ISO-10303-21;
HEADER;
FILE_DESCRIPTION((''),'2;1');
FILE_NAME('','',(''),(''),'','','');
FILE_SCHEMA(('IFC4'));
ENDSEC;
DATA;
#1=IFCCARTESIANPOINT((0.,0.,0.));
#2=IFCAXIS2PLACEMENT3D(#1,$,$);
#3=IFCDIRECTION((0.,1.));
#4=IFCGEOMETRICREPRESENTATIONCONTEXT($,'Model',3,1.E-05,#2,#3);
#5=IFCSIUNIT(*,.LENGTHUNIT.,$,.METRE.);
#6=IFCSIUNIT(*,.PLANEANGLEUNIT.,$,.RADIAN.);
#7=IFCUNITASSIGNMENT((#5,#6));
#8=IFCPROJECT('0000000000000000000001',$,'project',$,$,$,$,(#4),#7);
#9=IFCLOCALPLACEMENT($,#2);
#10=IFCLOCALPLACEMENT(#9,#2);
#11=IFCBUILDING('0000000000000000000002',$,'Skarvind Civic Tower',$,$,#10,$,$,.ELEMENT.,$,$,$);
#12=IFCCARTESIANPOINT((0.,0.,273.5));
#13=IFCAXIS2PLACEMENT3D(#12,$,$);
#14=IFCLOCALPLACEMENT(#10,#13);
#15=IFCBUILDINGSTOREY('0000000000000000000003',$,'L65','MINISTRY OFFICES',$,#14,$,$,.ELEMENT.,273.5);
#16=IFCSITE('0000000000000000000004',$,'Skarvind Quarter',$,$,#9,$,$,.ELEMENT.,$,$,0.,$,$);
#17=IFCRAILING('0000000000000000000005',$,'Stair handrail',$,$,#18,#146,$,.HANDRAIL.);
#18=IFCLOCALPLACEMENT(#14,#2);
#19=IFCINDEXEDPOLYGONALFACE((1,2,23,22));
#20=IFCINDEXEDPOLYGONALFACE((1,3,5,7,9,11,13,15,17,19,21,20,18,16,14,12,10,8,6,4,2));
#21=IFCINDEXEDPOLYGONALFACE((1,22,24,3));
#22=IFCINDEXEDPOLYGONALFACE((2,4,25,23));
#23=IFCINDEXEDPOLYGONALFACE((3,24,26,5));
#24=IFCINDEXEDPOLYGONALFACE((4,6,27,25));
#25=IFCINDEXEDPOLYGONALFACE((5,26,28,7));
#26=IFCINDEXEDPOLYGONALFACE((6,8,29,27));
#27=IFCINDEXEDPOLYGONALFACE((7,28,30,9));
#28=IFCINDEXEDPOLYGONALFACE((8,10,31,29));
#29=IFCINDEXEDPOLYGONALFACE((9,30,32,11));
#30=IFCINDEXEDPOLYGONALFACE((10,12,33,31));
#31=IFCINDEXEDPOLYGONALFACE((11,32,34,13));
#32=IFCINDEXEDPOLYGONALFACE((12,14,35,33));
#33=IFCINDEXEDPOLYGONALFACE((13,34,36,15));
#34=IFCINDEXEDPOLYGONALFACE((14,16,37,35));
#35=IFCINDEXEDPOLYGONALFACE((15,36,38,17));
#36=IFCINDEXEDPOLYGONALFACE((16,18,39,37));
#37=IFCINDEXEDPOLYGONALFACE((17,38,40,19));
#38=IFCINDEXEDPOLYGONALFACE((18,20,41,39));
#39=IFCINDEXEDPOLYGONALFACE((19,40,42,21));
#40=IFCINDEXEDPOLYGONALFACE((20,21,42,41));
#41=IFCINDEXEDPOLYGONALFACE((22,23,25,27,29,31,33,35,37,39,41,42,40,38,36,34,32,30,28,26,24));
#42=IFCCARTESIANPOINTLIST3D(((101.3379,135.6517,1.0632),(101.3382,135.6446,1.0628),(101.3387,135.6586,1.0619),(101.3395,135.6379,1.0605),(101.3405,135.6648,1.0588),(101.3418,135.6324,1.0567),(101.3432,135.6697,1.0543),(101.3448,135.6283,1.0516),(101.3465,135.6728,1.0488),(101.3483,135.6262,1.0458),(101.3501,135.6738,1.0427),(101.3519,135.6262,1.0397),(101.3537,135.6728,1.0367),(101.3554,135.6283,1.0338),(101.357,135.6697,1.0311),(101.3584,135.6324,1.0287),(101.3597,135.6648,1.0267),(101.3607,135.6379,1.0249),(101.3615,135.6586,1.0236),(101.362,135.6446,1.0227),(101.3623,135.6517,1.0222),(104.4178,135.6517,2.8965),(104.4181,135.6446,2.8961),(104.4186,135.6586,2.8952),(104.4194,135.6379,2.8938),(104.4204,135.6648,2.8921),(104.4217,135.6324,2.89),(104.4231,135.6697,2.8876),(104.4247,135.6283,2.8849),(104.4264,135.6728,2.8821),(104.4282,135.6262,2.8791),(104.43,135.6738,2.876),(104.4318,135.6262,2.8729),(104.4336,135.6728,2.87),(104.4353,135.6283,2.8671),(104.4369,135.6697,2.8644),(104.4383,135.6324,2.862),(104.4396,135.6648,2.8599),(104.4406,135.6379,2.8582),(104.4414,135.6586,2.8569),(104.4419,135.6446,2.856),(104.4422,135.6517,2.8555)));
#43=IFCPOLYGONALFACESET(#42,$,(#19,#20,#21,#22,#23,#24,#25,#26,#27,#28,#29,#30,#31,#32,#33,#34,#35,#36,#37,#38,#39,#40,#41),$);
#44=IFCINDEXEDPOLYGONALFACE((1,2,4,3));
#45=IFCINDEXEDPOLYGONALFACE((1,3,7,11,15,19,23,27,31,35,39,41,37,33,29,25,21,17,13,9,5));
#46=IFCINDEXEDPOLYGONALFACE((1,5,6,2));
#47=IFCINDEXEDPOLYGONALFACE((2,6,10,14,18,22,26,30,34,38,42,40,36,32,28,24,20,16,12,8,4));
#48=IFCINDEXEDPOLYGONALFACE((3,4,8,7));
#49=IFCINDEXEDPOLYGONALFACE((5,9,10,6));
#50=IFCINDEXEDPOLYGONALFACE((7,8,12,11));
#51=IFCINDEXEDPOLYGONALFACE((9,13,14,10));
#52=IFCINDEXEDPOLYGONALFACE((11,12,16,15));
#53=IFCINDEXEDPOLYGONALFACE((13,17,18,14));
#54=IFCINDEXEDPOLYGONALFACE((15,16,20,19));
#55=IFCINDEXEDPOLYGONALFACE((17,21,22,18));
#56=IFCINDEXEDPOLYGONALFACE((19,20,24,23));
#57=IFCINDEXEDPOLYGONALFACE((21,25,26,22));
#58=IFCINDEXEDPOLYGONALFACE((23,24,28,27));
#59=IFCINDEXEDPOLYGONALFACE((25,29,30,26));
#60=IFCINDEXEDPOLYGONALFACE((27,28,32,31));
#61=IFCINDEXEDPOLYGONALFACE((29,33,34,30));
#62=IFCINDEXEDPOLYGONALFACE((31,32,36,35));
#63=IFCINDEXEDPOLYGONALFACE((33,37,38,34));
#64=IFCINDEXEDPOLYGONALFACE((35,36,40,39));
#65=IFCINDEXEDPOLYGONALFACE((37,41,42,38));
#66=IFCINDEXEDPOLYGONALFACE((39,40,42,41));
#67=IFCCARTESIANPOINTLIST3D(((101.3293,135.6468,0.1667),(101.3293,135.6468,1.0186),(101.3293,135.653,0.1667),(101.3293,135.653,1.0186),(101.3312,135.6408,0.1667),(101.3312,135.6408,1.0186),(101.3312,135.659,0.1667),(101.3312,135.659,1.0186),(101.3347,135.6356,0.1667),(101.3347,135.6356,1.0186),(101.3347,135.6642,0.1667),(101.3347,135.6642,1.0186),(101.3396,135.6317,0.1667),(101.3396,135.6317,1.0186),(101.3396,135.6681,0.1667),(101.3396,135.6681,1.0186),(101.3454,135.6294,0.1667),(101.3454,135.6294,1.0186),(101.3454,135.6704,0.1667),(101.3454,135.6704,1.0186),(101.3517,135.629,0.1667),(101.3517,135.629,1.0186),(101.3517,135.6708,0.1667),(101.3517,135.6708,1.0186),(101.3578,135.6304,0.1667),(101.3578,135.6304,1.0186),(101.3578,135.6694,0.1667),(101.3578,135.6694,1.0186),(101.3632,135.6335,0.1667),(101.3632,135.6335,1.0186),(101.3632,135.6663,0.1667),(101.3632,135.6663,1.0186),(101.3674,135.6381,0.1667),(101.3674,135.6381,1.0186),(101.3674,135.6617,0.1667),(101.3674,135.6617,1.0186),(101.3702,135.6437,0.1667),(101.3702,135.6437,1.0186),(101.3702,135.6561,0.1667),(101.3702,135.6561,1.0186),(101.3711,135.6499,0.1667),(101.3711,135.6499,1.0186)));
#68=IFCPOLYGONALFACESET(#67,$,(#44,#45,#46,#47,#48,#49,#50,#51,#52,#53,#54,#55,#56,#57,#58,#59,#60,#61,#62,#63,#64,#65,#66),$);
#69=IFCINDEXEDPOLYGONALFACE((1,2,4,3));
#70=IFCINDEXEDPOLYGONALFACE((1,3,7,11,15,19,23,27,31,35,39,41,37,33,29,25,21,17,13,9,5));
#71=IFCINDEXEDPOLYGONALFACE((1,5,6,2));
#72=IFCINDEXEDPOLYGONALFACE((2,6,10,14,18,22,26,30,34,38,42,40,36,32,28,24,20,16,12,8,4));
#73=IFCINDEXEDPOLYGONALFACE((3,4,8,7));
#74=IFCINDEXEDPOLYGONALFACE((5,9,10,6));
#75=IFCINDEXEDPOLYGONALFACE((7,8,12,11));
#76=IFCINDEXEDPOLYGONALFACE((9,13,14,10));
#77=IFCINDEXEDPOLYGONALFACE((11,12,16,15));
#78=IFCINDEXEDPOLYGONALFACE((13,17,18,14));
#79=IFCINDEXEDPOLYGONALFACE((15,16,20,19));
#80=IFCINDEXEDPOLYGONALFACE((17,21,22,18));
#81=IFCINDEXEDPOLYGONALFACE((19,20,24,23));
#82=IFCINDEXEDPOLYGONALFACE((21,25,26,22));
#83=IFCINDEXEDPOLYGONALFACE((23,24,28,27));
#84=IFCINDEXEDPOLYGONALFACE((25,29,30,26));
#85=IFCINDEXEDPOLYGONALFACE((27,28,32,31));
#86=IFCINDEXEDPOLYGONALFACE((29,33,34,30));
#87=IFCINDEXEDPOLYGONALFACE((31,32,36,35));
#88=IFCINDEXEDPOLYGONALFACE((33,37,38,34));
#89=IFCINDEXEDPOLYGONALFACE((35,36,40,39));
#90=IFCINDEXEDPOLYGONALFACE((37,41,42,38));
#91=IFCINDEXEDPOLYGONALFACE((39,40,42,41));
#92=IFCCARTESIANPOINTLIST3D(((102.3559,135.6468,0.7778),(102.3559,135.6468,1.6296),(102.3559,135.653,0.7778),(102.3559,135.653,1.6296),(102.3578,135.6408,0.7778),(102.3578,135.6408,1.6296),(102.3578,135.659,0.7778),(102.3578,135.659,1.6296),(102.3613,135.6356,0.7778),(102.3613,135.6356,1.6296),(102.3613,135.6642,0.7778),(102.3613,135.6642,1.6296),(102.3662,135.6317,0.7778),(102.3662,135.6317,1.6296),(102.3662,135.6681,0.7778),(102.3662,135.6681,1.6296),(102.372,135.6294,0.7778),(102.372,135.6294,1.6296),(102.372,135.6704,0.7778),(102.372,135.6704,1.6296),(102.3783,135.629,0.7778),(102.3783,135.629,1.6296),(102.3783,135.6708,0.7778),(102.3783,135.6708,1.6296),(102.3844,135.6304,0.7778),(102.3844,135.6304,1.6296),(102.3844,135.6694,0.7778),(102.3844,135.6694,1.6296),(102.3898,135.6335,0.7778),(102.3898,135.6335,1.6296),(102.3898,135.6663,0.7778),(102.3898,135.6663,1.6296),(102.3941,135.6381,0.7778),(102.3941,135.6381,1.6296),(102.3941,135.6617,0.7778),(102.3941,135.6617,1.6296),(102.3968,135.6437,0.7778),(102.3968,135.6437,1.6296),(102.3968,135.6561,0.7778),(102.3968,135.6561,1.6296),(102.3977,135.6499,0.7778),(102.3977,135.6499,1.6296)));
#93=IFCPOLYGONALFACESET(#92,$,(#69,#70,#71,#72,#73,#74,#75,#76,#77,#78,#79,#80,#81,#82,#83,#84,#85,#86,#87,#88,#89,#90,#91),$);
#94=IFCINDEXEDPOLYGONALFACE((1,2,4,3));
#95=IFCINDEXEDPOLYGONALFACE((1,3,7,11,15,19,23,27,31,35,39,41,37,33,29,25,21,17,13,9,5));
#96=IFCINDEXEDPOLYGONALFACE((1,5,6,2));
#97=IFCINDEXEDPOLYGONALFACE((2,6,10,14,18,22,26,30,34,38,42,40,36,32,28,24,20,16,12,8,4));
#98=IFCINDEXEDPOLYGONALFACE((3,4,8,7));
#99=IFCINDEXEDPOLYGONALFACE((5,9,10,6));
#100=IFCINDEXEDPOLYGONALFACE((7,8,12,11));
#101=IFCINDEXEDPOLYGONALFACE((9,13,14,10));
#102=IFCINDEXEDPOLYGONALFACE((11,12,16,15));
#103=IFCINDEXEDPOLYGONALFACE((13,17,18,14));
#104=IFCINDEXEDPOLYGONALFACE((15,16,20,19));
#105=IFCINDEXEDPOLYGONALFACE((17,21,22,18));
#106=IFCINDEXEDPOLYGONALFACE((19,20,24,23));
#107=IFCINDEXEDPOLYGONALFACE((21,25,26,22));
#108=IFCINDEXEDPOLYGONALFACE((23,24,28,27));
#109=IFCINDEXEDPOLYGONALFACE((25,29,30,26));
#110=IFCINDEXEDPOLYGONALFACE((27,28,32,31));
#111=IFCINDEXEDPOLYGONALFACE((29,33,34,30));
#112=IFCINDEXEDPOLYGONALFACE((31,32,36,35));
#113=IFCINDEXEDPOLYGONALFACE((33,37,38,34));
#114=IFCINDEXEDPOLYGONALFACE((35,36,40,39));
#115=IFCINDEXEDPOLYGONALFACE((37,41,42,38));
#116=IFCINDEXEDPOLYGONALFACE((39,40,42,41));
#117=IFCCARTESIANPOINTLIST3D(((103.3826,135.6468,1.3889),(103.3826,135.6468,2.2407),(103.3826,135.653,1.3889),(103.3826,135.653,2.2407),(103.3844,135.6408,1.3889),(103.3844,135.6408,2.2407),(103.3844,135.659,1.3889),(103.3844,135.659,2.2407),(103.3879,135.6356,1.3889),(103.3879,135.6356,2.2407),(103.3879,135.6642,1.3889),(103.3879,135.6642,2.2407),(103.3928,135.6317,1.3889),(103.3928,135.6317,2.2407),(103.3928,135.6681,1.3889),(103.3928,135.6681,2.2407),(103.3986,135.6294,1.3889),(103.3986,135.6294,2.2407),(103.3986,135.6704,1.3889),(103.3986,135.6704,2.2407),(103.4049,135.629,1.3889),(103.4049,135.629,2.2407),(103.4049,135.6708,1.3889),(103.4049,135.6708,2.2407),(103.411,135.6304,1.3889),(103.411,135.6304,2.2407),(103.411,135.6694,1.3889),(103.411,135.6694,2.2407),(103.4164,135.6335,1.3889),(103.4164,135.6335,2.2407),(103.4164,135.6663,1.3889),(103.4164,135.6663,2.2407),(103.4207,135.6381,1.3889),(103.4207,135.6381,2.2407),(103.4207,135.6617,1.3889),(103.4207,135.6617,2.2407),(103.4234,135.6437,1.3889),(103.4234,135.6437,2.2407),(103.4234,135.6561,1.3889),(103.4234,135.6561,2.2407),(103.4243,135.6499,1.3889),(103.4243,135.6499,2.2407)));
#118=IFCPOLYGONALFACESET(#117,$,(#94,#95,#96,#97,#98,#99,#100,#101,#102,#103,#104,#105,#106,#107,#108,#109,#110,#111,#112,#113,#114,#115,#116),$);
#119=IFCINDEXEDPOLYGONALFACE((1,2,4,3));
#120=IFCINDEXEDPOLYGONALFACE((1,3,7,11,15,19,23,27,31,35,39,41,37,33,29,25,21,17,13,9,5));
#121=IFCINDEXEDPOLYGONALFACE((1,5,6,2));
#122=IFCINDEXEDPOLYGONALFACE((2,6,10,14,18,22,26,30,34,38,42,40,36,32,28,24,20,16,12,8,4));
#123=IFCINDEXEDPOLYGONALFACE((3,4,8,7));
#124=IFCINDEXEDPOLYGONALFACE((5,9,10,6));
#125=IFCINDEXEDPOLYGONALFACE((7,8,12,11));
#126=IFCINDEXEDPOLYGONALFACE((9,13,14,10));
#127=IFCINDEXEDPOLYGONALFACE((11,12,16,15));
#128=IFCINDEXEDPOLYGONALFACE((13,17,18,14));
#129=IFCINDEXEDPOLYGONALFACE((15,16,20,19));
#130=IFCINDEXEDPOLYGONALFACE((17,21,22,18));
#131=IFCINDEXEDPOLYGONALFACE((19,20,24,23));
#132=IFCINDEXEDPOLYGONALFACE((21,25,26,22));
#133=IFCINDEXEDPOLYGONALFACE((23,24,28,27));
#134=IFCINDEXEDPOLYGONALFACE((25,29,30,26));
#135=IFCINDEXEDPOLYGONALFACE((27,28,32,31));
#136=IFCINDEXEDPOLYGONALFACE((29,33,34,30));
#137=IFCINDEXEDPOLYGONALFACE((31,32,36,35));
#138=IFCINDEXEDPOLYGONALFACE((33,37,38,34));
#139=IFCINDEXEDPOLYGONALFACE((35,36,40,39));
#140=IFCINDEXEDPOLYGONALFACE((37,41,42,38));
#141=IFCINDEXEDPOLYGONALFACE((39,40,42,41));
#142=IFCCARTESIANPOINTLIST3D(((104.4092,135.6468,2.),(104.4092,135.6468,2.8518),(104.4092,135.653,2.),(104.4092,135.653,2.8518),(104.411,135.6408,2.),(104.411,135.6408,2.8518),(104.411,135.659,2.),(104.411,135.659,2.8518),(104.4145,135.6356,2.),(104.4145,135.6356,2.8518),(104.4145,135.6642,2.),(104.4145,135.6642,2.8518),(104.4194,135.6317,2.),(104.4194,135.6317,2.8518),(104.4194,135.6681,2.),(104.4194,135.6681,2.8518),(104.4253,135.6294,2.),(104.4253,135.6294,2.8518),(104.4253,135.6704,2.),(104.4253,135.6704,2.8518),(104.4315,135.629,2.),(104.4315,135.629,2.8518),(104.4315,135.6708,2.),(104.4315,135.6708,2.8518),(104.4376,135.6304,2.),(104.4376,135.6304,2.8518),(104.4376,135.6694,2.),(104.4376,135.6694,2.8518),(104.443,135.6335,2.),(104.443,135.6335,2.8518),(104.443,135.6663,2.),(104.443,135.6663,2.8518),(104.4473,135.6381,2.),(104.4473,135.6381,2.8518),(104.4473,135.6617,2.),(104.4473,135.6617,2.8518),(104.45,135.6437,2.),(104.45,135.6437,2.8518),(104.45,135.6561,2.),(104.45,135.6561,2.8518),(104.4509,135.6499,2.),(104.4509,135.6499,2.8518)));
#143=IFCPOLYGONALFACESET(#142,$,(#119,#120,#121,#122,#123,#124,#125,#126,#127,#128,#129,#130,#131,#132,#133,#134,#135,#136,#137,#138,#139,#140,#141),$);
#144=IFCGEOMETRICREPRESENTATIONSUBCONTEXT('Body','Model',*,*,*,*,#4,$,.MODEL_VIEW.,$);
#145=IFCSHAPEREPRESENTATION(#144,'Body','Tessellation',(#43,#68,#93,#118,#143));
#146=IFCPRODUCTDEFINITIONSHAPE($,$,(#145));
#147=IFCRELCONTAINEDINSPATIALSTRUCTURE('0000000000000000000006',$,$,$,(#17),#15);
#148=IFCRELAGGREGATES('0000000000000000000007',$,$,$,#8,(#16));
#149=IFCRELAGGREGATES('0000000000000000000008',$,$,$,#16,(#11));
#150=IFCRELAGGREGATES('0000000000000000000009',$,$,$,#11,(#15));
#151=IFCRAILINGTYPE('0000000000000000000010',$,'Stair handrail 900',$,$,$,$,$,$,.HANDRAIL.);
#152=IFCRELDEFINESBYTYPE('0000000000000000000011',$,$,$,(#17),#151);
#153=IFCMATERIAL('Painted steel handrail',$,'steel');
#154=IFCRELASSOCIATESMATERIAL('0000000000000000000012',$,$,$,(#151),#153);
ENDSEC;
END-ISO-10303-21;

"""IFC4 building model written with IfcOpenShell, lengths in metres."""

from ifc_helpers import new_model, si_unit, direction, frame, origin, origin_2d, place, context, subcontext, project, spatial, circle, extrude, material, type_object, element, save


model = new_model("IFC4")

# Units and contexts
model_context = context("Model", 3, precision=1e-05, world=origin(), true_north=direction((0.0, 1.0)))
body_context = subcontext(model_context, "Body", "Model", "MODEL_VIEW")
ifc_project = project(units=[si_unit("LENGTHUNIT", "METRE"), si_unit("PLANEANGLEUNIT", "RADIAN")], contexts=[model_context])

# Site, building, storey
site_placement = place(None, origin())
site = spatial("IfcSite", under=ifc_project, at=site_placement, Name="Skarvind Quarter", CompositionType="ELEMENT", RefElevation=0.0)
building_placement = place(site_placement, origin())
building = spatial("IfcBuilding", under=site, at=building_placement, Name="Skarvind Civic Tower", CompositionType="ELEMENT")
storey_placement = place(building_placement, frame((0.0, 0.0, 273.5)))
storey = spatial("IfcBuildingStorey", under=building, at=storey_placement, Name="L65", Description="MINISTRY OFFICES", CompositionType="ELEMENT", Elevation=273.5)

# Railing
ifc_material_1 = material(Name="Painted steel handrail", Category="steel")
railing_type = type_object("IfcRailingType", Name="Stair handrail 900", PredefinedType="HANDRAIL", material=ifc_material_1)
railing_1_placement = place(storey_placement, frame((101.3501, 135.6499, 0.1667)))
element("IfcRailing", 1, at=railing_1_placement, inside=storey, type_object=railing_type, Name="Stair handrail", PredefinedType="HANDRAIL", context=body_context, shape_type="SweptSolid", body=[
    extrude(circle(Radius=0.0239, at=origin_2d()), frame((0.0, 0.0, 0.876), z_axis=(0.859291, 0.0, 0.511487), x_axis=(0.0, 1.0, 0.0)), (0.0, 0.0, 1.0), 3.5842),
    extrude(circle(Radius=0.021, at=origin_2d()), origin(), (0.0, 0.0, 1.0), 0.8518),
    extrude(circle(Radius=0.021, at=origin_2d()), frame((1.0266, 0.0, 0.6111)), (0.0, 0.0, 1.0), 0.8518),
    extrude(circle(Radius=0.021, at=origin_2d()), frame((2.0532, 0.0, 1.2222)), (0.0, 0.0, 1.0), 0.8518),
    extrude(circle(Radius=0.021, at=origin_2d()), frame((3.0798, 0.0, 1.8333)), (0.0, 0.0, 1.0), 0.8518),
])

save(model, "model.ifc")
